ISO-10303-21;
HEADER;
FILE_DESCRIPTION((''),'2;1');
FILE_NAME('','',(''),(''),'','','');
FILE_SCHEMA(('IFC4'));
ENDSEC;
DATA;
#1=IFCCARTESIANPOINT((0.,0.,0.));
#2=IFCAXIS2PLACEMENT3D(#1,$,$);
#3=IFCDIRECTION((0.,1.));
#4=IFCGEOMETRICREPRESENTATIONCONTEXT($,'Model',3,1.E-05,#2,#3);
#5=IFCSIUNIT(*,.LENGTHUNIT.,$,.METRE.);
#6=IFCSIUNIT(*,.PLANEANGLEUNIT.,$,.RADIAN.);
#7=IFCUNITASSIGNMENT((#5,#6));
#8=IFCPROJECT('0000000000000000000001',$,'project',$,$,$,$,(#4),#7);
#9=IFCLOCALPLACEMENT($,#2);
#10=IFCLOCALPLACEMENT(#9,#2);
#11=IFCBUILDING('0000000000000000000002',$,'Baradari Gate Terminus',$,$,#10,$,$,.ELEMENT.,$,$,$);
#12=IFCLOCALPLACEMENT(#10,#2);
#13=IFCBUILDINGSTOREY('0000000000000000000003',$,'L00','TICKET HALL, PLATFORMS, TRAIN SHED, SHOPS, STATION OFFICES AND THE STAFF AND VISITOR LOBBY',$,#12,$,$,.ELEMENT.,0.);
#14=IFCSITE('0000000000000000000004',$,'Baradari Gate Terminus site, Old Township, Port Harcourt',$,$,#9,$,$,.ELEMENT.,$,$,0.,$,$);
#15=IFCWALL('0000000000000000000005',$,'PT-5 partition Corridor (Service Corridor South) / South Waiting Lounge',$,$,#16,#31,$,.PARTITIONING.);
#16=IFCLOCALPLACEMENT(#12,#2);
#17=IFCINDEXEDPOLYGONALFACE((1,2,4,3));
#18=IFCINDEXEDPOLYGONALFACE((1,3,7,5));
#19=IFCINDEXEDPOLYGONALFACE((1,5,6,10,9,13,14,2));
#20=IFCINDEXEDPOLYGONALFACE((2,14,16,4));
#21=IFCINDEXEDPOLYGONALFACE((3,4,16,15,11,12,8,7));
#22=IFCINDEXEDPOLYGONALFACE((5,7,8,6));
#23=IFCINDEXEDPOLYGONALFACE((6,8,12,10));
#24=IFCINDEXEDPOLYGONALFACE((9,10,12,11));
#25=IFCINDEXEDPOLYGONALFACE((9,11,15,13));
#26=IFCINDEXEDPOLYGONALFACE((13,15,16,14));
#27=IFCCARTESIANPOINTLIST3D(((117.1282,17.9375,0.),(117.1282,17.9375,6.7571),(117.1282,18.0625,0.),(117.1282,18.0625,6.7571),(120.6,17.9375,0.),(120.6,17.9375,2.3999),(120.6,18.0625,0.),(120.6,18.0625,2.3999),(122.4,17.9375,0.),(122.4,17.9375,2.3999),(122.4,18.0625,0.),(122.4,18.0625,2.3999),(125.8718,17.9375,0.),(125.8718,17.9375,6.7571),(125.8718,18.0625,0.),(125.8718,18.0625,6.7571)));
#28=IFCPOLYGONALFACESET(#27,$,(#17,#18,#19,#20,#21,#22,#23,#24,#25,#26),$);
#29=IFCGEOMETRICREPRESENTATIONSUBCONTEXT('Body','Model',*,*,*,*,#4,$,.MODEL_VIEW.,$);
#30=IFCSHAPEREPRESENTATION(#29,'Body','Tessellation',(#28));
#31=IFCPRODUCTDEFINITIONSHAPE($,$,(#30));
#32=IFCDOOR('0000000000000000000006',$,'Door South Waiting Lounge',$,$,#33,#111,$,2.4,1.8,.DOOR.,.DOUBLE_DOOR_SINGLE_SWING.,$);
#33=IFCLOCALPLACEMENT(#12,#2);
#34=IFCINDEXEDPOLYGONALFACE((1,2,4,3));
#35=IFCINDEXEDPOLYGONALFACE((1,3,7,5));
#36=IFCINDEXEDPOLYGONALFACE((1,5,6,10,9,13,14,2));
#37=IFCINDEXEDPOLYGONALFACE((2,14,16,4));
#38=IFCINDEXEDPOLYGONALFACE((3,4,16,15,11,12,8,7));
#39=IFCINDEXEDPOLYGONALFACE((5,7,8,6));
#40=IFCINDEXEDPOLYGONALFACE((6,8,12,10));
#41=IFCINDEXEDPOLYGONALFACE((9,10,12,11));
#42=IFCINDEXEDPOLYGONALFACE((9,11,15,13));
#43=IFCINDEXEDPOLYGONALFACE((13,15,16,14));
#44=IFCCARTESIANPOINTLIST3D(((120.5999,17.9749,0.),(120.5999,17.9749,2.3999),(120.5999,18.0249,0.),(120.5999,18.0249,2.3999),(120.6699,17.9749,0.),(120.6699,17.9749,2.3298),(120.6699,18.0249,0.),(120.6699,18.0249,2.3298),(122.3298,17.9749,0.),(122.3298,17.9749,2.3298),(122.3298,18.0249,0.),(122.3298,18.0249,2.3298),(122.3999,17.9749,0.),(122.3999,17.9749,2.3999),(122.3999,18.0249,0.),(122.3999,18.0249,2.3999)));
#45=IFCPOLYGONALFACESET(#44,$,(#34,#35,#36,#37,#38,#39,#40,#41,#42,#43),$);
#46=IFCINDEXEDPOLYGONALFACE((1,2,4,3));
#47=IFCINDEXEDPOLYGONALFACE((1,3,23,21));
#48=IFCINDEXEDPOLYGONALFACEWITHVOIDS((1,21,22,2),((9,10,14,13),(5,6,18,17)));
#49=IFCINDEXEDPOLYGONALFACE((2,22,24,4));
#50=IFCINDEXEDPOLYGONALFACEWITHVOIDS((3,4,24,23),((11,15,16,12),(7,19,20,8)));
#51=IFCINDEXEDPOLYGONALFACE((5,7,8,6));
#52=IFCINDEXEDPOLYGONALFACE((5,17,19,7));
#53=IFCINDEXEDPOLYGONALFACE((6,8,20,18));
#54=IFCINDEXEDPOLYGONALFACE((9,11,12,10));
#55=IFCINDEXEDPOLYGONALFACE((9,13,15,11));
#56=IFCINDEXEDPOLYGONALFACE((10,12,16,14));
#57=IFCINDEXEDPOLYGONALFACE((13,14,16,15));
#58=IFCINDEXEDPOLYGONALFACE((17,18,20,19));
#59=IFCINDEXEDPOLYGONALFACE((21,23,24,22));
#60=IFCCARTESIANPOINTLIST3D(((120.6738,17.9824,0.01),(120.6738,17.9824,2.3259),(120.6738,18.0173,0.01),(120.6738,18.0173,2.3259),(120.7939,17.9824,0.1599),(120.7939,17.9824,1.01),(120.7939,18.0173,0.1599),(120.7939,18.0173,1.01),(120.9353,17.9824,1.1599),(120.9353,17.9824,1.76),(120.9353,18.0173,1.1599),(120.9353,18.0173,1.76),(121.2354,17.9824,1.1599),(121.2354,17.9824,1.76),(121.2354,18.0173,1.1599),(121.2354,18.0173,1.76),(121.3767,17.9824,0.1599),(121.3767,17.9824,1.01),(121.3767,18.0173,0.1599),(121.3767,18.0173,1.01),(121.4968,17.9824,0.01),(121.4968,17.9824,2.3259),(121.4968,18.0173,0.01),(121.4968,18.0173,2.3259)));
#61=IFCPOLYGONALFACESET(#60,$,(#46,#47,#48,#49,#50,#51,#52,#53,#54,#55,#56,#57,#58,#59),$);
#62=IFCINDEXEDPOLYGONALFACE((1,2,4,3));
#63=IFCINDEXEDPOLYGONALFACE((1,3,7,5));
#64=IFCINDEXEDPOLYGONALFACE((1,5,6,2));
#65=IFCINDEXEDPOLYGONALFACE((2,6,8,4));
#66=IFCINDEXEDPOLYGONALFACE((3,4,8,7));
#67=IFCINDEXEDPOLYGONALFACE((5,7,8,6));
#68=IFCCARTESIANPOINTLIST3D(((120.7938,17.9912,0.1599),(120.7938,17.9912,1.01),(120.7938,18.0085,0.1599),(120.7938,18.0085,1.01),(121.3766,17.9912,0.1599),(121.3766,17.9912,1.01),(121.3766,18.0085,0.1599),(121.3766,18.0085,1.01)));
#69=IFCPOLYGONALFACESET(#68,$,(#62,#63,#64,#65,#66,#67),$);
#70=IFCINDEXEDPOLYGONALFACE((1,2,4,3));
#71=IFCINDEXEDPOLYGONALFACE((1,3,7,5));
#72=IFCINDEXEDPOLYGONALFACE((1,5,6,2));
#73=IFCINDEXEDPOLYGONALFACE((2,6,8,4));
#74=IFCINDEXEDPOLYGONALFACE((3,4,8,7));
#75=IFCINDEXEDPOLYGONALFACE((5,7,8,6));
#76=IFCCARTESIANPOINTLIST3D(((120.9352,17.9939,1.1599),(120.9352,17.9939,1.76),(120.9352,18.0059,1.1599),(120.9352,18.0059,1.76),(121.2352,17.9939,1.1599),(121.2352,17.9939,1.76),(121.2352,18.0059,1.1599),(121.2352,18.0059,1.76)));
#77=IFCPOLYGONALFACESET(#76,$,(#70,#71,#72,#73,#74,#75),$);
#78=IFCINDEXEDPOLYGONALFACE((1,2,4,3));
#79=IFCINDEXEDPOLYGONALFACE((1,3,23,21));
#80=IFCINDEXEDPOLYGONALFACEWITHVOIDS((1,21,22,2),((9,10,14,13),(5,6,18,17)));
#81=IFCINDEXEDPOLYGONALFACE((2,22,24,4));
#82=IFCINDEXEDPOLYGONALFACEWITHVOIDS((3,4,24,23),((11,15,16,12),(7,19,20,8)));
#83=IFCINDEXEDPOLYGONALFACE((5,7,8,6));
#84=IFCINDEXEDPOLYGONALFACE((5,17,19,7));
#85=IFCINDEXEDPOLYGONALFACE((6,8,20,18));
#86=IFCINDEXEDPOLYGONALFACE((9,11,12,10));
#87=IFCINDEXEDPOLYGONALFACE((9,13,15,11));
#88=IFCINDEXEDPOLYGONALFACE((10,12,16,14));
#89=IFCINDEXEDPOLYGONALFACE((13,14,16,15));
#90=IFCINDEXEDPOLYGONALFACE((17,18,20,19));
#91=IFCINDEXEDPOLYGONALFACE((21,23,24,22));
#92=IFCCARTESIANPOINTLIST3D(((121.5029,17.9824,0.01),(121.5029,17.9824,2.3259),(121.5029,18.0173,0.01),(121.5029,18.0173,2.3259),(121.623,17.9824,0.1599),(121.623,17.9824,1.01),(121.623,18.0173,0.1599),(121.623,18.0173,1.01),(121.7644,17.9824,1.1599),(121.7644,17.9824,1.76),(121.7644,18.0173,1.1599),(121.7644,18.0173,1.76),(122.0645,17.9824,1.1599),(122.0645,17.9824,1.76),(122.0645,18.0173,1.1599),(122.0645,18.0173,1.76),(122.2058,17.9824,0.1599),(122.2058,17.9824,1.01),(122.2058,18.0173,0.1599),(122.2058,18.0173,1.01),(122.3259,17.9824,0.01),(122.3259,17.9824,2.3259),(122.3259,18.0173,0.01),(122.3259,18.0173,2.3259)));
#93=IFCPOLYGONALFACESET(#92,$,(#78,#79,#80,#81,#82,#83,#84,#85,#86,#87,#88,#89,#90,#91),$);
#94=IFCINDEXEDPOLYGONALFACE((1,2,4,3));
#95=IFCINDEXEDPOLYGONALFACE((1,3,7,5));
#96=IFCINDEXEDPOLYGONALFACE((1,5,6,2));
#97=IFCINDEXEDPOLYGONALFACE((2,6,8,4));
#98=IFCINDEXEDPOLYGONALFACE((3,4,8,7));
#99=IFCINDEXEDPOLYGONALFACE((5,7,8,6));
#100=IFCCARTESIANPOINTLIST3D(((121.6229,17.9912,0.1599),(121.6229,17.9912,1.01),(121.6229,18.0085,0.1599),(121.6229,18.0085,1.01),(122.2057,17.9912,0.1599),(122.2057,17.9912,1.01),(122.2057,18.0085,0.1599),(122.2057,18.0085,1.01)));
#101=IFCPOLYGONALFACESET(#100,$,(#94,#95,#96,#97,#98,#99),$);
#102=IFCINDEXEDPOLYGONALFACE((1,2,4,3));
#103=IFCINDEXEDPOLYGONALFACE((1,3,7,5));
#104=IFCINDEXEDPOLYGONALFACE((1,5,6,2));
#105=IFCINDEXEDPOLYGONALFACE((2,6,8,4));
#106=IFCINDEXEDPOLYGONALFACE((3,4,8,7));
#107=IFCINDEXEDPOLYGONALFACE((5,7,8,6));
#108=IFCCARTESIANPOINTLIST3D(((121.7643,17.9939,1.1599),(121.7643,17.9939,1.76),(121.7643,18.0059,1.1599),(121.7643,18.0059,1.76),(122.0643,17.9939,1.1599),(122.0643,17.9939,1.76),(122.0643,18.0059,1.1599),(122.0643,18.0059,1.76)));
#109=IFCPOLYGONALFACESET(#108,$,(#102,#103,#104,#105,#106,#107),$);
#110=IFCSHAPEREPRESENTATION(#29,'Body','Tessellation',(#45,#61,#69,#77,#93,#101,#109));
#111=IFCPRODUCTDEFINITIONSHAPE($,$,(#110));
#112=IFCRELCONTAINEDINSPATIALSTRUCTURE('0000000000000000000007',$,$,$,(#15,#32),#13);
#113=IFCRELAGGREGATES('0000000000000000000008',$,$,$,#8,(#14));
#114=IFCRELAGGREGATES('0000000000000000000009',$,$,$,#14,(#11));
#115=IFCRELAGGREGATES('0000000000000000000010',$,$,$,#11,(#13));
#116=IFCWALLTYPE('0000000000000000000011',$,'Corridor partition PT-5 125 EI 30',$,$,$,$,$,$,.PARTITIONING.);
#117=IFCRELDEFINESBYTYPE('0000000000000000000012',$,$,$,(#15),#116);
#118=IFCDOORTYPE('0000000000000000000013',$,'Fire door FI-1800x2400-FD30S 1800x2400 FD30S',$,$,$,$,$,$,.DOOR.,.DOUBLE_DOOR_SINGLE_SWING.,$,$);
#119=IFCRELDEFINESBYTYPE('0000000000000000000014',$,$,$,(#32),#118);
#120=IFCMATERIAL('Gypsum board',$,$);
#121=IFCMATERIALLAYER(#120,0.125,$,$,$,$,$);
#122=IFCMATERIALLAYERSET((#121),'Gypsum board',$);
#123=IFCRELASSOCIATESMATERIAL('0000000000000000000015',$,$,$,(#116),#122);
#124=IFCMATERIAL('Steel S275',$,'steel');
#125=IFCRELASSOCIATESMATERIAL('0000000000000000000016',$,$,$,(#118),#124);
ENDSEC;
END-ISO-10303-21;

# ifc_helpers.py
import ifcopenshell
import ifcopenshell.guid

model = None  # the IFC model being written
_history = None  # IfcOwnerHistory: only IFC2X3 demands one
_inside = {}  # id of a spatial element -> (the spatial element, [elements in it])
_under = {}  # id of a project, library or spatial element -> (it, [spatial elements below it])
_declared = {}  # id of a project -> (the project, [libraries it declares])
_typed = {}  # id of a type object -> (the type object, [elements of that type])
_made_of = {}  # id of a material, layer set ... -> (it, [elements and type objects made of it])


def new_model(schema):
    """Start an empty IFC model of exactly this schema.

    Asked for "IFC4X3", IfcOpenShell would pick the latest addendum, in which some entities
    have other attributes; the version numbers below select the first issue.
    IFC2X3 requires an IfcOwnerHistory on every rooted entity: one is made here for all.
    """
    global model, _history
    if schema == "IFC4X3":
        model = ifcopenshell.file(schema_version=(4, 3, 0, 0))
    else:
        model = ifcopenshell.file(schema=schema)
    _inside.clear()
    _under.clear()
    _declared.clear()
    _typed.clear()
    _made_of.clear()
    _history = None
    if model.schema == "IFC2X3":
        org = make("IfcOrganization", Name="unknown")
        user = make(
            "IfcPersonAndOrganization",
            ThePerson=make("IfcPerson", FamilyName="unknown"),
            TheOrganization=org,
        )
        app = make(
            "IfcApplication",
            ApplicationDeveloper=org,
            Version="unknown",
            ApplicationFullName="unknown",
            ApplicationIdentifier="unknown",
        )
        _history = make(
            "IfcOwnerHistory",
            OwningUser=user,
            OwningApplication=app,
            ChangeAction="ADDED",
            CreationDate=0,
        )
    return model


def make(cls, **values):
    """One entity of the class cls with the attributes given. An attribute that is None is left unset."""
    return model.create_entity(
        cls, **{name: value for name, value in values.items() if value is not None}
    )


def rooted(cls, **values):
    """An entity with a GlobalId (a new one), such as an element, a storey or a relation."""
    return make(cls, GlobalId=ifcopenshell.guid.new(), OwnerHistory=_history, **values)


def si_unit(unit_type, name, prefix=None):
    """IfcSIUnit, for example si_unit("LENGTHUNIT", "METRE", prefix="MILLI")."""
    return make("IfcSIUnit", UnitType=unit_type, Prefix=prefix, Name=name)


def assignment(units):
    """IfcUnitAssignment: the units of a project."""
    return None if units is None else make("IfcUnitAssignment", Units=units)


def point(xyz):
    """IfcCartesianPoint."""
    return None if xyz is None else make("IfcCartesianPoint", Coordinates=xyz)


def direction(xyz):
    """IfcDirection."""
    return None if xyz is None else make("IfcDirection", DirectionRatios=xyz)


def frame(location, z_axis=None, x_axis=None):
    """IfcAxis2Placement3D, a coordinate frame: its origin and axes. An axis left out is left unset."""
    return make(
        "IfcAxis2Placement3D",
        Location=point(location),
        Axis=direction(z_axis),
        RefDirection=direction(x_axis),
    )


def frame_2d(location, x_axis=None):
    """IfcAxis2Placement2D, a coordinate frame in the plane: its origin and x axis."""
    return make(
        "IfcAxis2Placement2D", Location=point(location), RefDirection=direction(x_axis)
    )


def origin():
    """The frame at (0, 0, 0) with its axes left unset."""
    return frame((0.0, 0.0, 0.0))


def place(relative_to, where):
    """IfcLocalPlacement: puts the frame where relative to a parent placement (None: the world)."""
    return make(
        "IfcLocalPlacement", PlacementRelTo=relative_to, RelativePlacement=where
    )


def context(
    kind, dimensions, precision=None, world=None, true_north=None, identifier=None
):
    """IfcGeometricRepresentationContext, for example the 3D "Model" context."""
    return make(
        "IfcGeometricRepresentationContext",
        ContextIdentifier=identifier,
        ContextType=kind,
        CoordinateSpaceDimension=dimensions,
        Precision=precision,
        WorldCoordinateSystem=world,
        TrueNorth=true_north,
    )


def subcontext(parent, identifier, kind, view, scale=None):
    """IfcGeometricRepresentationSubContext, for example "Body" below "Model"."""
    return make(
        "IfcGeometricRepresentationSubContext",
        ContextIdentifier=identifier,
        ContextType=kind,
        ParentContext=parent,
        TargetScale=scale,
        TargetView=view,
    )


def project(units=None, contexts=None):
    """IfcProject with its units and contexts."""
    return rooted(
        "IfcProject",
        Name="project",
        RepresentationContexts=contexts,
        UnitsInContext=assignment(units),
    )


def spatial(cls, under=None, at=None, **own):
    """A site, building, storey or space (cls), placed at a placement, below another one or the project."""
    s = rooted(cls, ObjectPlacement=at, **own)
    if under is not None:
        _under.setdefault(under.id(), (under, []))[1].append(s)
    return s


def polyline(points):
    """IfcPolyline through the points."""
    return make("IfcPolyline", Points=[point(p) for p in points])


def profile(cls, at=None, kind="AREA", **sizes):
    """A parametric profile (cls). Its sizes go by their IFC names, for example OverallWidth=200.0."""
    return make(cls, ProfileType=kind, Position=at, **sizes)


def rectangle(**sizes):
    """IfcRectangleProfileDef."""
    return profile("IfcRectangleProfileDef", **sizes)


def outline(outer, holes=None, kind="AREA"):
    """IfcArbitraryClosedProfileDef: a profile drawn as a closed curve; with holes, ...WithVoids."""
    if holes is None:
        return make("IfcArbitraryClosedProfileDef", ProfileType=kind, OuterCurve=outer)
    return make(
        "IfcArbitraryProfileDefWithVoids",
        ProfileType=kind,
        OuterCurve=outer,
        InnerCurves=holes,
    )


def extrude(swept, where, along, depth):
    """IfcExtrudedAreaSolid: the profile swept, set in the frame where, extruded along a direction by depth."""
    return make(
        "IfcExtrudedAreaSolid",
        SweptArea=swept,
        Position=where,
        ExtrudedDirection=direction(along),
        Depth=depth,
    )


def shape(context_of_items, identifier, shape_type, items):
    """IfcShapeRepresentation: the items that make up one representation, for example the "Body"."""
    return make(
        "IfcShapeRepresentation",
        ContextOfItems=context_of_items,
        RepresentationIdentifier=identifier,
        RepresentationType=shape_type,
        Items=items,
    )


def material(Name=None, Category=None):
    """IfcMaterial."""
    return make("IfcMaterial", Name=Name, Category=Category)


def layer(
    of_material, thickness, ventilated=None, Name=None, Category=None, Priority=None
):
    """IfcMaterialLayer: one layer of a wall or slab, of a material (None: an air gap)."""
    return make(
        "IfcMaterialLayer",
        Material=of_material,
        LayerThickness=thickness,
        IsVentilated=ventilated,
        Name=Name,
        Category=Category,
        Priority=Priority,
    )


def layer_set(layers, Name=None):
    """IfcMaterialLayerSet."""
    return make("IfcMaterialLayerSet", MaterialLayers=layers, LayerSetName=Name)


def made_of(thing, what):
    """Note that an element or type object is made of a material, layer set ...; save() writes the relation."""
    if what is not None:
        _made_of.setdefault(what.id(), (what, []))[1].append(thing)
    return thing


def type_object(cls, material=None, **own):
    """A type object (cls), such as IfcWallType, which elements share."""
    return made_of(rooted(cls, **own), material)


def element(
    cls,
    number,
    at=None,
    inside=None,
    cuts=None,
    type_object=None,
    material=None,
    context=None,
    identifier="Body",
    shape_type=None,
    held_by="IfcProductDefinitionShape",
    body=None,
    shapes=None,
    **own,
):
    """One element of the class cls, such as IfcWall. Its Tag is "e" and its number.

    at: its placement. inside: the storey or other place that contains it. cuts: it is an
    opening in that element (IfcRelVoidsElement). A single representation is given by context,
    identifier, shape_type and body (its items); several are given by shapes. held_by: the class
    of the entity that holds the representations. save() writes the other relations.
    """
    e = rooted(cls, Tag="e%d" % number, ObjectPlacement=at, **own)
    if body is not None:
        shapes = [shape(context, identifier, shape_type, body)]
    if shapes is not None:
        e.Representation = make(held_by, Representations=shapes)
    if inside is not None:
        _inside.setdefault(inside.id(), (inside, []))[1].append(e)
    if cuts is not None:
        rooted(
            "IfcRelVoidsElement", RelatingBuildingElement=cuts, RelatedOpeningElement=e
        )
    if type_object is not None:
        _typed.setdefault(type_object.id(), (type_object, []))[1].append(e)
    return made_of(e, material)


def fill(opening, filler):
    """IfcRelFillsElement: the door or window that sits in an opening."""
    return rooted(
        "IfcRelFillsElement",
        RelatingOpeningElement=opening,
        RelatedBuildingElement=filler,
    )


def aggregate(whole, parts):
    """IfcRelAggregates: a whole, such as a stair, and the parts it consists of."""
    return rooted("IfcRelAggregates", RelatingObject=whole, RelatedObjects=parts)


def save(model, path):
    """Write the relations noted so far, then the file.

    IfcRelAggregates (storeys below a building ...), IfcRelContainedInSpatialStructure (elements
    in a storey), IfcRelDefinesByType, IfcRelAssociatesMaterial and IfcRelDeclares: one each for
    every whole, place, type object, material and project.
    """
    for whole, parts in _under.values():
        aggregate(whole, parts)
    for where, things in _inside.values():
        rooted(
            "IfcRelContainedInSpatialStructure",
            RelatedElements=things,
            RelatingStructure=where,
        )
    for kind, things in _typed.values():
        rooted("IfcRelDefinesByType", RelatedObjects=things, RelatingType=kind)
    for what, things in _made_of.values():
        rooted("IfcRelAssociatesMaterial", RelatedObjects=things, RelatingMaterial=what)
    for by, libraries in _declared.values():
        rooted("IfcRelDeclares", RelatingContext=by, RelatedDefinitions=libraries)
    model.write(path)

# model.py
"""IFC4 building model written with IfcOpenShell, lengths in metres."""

from ifc_helpers import new_model, si_unit, direction, frame, frame_2d, origin, place, context, subcontext, project, spatial, polyline, rectangle, outline, extrude, material, layer, layer_set, type_object, element, fill, save


model = new_model("IFC4")

# Units and contexts
model_context = context("Model", 3, precision=1e-05, world=origin(), true_north=direction((0.0, 1.0)))
body_context = subcontext(model_context, "Body", "Model", "MODEL_VIEW")
ifc_project = project(units=[si_unit("LENGTHUNIT", "METRE"), si_unit("PLANEANGLEUNIT", "RADIAN")], contexts=[model_context])

# Site, building, storey
site_placement = place(None, origin())
site = spatial("IfcSite", under=ifc_project, at=site_placement, Name="Baradari Gate Terminus site, Old Township, Port Harcourt", CompositionType="ELEMENT", RefElevation=0.0)
building_placement = place(site_placement, origin())
building = spatial("IfcBuilding", under=site, at=building_placement, Name="Baradari Gate Terminus", CompositionType="ELEMENT")
storey_placement = place(building_placement, origin())
storey = spatial("IfcBuildingStorey", under=building, at=storey_placement, Name="L00", Description="TICKET HALL, PLATFORMS, TRAIN SHED, SHOPS, STATION OFFICES AND THE STAFF AND VISITOR LOBBY", CompositionType="ELEMENT", Elevation=0.0)

# Wall, opening, door
ifc_material_1 = material(Name="Gypsum board")
ifc_layer_1 = layer(ifc_material_1, 0.125)
ifc_layer_set_1 = layer_set([ifc_layer_1], Name="Gypsum board")
wall_type_1 = type_object("IfcWallType", Name="Corridor partition PT-5 125 EI 30", PredefinedType="PARTITIONING", material=ifc_layer_set_1)
wall_1_placement = place(storey_placement, frame((125.8718, 18.0, 0.0), z_axis=(0.0, 0.0, 1.0), x_axis=(-1.0, 0.0, 0.0)))
wall_1 = element("IfcWall", 1, at=wall_1_placement, inside=storey, type_object=wall_type_1, Name="PT-5 partition Corridor (Service Corridor South) / South Waiting Lounge", PredefinedType="PARTITIONING", context=body_context, shape_type="SweptSolid", body=[
    extrude(rectangle(XDim=8.7437, YDim=0.125, at=frame_2d((4.3718, 0.0))), origin(), (0.0, 0.0, 1.0), 6.7571),
])
opening_1_placement = place(wall_1_placement, frame((3.4719, 0.0, 0.0)))
opening_1 = element("IfcOpeningElement", 2, at=opening_1_placement, cuts=wall_1, PredefinedType="OPENING", context=body_context, shape_type="SweptSolid", body=[
    extrude(rectangle(XDim=1.8, YDim=2.3999, at=frame_2d((0.8999, 1.2))), frame((0.0, 0.0725, 0.0), z_axis=(0.0, -1.0, 0.0), x_axis=(1.0, 0.0, 0.0)), (0.0, 0.0, 1.0), 0.145),
])
ifc_material_2 = material(Name="Steel S275", Category="steel")
door_type_1 = type_object("IfcDoorType", Name="Fire door FI-1800x2400-FD30S 1800x2400 FD30S", OperationType="DOUBLE_DOOR_SINGLE_SWING", PredefinedType="DOOR", material=ifc_material_2)
door_1_placement = place(opening_1_placement, frame((1.8, 0.0, 0.0), z_axis=(0.0, 0.0, 1.0), x_axis=(-1.0, 0.0, 0.0)))
door_1 = element("IfcDoor", 3, at=door_1_placement, inside=storey, type_object=door_type_1, Name="Door South Waiting Lounge", OperationType="DOUBLE_DOOR_SINGLE_SWING", OverallHeight=2.4, OverallWidth=1.8, PredefinedType="DOOR", context=body_context, shape_type="SweptSolid", body=[
    extrude(outline(polyline([(0.0, 0.0), (0.0701, 0.0), (0.0701, 2.3298), (1.73, 2.3298), (1.73, 0.0), (1.8, 0.0), (1.8, 2.3999), (0.0, 2.3999), (0.0, 0.0)])), frame((0.0, 0.0249, 0.0), z_axis=(0.0, -1.0, 0.0), x_axis=(1.0, 0.0, 0.0)), (0.0, 0.0, 1.0), 0.05),
    extrude(outline(polyline([(0.074, 0.01), (0.897, 0.01), (0.897, 2.3259), (0.074, 2.3259), (0.074, 0.01)]), holes=[polyline([(0.1941, 0.1599), (0.7769, 0.1599), (0.7769, 1.01), (0.1941, 1.01), (0.1941, 0.1599)]), polyline([(0.3354, 1.1599), (0.6355, 1.1599), (0.6355, 1.76), (0.3354, 1.76), (0.3354, 1.1599)])]), frame((0.0, 0.0173, 0.0), z_axis=(0.0, -1.0, 0.0), x_axis=(1.0, 0.0, 0.0)), (0.0, 0.0, 1.0), 0.0349),
    extrude(rectangle(XDim=0.5828, YDim=0.8501, at=frame_2d((0.4854, 0.585))), frame((0.0, 0.0085, 0.0), z_axis=(0.0, -1.0, 0.0), x_axis=(1.0, 0.0, 0.0)), (0.0, 0.0, 1.0), 0.0173),
    extrude(rectangle(XDim=0.3, YDim=0.6001, at=frame_2d((0.4854, 1.46))), frame((0.0, 0.0059, 0.0), z_axis=(0.0, -1.0, 0.0), x_axis=(1.0, 0.0, 0.0)), (0.0, 0.0, 1.0), 0.012),
    extrude(outline(polyline([(0.9031, 0.01), (1.7261, 0.01), (1.7261, 2.3259), (0.9031, 2.3259), (0.9031, 0.01)]), holes=[polyline([(1.0232, 0.1599), (1.606, 0.1599), (1.606, 1.01), (1.0232, 1.01), (1.0232, 0.1599)]), polyline([(1.1646, 1.1599), (1.4646, 1.1599), (1.4646, 1.76), (1.1646, 1.76), (1.1646, 1.1599)])]), frame((0.0, 0.0173, 0.0), z_axis=(0.0, -1.0, 0.0), x_axis=(1.0, 0.0, 0.0)), (0.0, 0.0, 1.0), 0.0349),
    extrude(rectangle(XDim=0.5828, YDim=0.8501, at=frame_2d((1.3145, 0.585))), frame((0.0, 0.0085, 0.0), z_axis=(0.0, -1.0, 0.0), x_axis=(1.0, 0.0, 0.0)), (0.0, 0.0, 1.0), 0.0173),
    extrude(rectangle(XDim=0.3, YDim=0.6001, at=frame_2d((1.3145, 1.46))), frame((0.0, 0.0059, 0.0), z_axis=(0.0, -1.0, 0.0), x_axis=(1.0, 0.0, 0.0)), (0.0, 0.0, 1.0), 0.012),
])
fill(opening_1, door_1)

save(model, "model.ifc")
